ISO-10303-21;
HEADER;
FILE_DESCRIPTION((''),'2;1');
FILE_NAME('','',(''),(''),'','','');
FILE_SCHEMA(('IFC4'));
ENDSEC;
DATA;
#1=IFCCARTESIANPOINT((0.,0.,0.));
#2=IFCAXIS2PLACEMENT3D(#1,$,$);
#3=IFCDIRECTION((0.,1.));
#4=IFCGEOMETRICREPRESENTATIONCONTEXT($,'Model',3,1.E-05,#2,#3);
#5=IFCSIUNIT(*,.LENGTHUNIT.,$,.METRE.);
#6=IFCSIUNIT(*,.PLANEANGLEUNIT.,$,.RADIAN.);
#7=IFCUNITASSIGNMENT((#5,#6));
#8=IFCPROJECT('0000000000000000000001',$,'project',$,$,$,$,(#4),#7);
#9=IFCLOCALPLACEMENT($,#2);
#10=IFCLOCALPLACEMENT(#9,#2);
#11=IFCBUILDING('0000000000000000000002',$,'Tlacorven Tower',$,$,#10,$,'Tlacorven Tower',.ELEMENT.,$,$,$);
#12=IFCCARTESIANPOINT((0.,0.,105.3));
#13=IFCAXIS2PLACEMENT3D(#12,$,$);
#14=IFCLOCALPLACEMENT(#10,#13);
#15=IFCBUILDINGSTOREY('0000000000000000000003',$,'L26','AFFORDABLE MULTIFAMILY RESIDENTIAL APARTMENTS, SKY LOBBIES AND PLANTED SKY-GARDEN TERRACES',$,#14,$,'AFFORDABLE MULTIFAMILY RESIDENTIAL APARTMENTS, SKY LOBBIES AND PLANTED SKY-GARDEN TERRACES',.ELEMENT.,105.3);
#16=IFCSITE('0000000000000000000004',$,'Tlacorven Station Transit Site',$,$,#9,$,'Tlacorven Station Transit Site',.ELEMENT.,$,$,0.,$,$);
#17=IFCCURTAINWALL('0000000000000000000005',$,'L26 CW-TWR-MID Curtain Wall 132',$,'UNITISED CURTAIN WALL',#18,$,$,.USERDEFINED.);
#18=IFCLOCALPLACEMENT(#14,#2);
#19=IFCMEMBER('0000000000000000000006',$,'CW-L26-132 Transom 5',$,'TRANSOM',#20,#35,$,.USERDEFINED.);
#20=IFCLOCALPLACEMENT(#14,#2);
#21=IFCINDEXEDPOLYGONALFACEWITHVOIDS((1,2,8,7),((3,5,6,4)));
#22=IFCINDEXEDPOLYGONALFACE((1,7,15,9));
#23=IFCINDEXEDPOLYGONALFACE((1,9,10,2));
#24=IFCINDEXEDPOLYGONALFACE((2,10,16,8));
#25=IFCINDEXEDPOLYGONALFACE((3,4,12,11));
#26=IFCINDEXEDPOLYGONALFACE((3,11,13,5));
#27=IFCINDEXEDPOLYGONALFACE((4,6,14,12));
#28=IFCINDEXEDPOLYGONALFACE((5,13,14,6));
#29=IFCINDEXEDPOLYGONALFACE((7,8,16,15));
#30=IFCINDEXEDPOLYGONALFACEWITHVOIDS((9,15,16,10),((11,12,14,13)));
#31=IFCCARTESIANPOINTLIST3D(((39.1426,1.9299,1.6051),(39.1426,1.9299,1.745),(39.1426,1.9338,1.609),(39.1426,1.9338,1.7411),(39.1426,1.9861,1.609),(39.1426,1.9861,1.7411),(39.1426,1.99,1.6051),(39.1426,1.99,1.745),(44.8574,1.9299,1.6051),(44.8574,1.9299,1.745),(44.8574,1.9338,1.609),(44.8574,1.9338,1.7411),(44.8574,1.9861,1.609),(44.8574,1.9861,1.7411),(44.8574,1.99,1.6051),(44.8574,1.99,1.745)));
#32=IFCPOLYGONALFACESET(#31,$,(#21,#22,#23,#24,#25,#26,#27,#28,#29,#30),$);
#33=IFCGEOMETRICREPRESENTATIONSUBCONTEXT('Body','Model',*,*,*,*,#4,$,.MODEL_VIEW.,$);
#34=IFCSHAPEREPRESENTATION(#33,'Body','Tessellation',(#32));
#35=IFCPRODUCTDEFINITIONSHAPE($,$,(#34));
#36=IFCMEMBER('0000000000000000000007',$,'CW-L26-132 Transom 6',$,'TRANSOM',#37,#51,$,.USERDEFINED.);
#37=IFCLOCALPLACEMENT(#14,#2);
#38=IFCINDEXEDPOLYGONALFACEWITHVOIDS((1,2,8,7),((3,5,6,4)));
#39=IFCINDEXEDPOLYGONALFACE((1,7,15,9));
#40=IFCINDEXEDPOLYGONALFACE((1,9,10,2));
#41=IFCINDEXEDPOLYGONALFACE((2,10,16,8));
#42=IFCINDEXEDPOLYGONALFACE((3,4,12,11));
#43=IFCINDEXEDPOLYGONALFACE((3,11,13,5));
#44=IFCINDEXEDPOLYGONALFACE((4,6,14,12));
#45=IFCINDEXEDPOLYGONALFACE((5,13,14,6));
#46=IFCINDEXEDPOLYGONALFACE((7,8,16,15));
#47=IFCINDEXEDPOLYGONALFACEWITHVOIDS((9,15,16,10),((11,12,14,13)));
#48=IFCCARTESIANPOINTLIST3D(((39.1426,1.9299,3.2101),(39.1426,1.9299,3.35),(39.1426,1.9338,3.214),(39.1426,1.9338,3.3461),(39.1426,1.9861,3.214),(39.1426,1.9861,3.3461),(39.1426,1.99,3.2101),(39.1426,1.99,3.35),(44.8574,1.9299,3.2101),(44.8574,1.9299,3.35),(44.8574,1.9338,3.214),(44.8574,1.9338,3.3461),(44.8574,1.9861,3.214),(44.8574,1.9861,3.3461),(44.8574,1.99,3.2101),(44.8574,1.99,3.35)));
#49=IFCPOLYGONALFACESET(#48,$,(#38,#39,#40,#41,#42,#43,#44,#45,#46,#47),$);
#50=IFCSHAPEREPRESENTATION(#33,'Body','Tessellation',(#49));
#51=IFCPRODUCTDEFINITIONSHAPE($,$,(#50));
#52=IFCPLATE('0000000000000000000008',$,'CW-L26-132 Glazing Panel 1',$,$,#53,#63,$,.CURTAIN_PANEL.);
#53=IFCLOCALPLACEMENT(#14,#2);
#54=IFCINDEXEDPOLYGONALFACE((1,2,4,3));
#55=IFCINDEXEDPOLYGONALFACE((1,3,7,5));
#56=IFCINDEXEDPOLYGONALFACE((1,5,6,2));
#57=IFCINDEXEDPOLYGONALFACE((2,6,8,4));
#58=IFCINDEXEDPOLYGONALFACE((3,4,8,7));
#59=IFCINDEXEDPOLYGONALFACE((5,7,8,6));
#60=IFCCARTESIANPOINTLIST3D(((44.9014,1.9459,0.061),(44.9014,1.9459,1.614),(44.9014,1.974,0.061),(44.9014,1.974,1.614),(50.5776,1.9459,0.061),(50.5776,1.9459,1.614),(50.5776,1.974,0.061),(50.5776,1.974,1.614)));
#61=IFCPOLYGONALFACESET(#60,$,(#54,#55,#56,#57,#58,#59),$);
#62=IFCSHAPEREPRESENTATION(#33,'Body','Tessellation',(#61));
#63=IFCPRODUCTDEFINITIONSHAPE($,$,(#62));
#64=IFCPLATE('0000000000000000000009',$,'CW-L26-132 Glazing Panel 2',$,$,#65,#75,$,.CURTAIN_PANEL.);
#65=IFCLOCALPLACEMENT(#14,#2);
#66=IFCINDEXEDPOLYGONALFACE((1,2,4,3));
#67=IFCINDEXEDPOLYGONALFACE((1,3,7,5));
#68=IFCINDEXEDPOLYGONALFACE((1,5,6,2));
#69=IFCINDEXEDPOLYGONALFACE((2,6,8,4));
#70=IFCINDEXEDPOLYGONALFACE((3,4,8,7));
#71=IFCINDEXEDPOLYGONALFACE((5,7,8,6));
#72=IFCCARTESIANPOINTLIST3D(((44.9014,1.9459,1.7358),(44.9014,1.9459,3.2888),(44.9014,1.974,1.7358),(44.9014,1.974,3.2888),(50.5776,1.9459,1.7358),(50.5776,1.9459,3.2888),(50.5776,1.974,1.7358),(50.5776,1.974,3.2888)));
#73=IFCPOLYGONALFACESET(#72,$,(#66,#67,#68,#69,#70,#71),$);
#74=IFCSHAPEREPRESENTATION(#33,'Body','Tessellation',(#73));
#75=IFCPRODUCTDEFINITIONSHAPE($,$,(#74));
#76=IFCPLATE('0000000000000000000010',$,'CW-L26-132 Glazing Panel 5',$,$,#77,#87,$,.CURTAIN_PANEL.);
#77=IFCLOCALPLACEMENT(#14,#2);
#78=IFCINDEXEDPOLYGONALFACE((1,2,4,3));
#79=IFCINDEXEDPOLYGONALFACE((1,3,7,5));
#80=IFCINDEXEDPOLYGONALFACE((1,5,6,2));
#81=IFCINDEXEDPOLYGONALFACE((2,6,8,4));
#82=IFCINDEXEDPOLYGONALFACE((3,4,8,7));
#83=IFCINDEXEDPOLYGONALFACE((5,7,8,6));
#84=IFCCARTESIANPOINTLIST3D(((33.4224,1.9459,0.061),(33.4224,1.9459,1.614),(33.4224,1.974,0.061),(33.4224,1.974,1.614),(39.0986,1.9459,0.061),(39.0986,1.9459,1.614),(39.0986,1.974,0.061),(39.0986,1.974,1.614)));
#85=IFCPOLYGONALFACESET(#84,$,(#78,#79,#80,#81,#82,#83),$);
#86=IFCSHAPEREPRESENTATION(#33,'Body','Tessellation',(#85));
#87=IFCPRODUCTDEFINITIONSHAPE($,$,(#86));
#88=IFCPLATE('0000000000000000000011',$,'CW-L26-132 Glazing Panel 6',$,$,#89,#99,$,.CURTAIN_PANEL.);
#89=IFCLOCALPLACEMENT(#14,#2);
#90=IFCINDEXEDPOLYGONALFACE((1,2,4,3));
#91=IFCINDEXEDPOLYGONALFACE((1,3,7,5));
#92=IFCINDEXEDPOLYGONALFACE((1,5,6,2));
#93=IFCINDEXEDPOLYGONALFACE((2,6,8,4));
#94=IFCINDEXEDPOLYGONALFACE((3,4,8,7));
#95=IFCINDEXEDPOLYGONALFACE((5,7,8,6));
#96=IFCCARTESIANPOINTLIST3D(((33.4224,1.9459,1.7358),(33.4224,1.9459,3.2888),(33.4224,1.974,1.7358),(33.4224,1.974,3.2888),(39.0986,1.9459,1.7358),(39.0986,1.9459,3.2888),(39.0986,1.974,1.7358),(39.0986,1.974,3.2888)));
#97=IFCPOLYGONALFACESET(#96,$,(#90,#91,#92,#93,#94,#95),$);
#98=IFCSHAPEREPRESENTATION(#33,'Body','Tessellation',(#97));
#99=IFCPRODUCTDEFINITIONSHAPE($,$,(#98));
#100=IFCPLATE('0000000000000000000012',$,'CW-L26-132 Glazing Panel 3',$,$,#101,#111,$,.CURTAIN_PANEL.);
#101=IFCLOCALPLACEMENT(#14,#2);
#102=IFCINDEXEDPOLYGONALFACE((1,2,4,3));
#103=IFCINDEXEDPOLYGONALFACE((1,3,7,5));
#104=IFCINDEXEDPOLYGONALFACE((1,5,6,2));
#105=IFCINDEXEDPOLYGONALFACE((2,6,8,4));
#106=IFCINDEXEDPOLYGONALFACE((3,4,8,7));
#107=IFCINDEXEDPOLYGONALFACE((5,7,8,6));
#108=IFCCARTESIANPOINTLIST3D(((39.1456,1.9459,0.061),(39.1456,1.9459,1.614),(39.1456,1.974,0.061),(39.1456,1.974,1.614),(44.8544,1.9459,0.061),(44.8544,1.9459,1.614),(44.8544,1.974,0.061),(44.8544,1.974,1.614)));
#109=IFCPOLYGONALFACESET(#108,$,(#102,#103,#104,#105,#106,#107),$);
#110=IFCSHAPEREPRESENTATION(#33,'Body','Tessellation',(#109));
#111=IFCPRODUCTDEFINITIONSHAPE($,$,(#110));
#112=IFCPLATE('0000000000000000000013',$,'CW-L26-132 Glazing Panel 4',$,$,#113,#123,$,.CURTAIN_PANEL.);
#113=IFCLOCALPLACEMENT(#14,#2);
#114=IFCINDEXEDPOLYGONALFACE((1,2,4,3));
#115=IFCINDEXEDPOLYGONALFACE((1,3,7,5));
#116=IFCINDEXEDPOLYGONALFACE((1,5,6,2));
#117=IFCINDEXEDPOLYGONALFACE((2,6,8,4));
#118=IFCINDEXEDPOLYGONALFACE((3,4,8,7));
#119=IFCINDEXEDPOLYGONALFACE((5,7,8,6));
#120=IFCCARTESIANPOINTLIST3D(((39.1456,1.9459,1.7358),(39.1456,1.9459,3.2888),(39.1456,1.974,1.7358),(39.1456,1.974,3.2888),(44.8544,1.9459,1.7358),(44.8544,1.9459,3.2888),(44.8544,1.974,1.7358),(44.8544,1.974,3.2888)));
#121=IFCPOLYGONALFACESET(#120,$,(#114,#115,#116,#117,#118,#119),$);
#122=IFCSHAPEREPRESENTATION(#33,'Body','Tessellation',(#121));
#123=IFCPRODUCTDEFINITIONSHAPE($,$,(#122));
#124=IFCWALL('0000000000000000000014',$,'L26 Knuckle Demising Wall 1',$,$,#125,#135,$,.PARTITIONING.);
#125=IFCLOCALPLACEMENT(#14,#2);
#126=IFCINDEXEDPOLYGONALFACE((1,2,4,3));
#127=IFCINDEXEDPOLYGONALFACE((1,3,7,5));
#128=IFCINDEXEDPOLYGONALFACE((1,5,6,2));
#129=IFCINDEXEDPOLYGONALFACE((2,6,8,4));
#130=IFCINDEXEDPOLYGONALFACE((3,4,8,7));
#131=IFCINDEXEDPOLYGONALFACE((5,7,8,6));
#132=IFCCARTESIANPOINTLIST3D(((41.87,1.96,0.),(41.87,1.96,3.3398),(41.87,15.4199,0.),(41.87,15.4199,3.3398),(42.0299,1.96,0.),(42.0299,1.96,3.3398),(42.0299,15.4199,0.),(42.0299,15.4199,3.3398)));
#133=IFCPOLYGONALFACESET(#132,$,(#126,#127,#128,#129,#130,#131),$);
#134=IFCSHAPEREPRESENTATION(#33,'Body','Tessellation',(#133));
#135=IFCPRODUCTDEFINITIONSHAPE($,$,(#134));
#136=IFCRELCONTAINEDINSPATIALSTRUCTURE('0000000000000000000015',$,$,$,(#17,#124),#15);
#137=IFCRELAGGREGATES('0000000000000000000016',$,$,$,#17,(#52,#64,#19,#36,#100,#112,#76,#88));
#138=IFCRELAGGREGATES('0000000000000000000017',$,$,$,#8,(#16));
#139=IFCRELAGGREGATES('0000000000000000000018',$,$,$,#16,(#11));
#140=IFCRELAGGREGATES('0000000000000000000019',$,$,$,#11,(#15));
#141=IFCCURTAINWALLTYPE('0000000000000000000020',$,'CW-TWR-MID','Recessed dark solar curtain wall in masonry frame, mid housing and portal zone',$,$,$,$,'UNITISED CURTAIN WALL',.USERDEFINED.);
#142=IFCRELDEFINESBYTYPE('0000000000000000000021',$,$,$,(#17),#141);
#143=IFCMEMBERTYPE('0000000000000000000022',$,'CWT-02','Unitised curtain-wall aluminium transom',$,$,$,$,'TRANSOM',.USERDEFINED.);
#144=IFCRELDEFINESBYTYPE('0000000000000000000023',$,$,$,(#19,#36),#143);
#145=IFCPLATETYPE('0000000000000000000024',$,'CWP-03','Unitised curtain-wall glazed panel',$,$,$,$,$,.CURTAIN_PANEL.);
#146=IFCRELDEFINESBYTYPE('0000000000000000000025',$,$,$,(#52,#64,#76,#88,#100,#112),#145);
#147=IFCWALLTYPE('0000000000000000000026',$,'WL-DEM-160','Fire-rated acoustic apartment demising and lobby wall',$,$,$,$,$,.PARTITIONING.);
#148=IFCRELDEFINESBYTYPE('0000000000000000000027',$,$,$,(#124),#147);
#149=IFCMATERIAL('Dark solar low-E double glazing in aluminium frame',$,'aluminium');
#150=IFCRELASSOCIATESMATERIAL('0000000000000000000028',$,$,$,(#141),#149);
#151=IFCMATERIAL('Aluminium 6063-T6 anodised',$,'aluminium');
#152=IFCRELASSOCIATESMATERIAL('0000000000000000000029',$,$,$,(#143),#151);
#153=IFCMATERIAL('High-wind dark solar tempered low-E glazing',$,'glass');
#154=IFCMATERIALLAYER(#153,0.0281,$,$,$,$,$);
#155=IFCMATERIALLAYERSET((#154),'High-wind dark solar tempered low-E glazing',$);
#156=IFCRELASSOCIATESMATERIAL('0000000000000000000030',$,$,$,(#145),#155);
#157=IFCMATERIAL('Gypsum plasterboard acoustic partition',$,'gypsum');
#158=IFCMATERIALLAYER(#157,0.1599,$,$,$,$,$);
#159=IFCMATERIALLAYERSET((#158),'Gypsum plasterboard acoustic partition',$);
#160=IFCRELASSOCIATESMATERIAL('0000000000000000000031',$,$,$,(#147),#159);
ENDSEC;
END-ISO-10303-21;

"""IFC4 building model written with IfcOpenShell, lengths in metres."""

from ifc_helpers import new_model, si_unit, direction, frame, frame_2d, origin, origin_2d, place, context, subcontext, project, spatial, rectangle, hollow_rectangle, extrude, source, transform, mapped, material, layer, layer_set, material_profile, profile_set, type_object, element, aggregate, save


model = new_model("IFC4")

# Units and contexts
model_context = context("Model", 3, precision=1e-05, world=origin(), true_north=direction((0.0, 1.0)))
body_context = subcontext(model_context, "Body", "Model", "MODEL_VIEW")
ifc_project = project(units=[si_unit("LENGTHUNIT", "METRE"), si_unit("PLANEANGLEUNIT", "RADIAN")], contexts=[model_context])

# Site, building, storey
site_placement = place(None, origin())
site = spatial("IfcSite", under=ifc_project, at=site_placement, Name="Tlacorven Station Transit Site", LongName="Tlacorven Station Transit Site", CompositionType="ELEMENT", RefElevation=0.0)
building_placement = place(site_placement, origin())
building = spatial("IfcBuilding", under=site, at=building_placement, Name="Tlacorven Tower", LongName="Tlacorven Tower", CompositionType="ELEMENT")
storey_placement = place(building_placement, frame((0.0, 0.0, 105.3)))
storey = spatial("IfcBuildingStorey", under=building, at=storey_placement, Name="L26", Description="AFFORDABLE MULTIFAMILY RESIDENTIAL APARTMENTS, SKY LOBBIES AND PLANTED SKY-GARDEN TERRACES", LongName="AFFORDABLE MULTIFAMILY RESIDENTIAL APARTMENTS, SKY LOBBIES AND PLANTED SKY-GARDEN TERRACES", CompositionType="ELEMENT", Elevation=105.3)

# Shared definitions
ifc_material_1 = material(Name="Dark solar low-E double glazing in aluminium frame", Category="aluminium")
curtain_wall_type = type_object("IfcCurtainWallType", Name="CW-TWR-MID", Description="Recessed dark solar curtain wall in masonry frame, mid housing and portal zone", ElementType="UNITISED CURTAIN WALL", PredefinedType="USERDEFINED", material=ifc_material_1)
ifc_material_2 = material(Name="Aluminium 6063-T6 anodised", Category="aluminium")

# Curtain wall, members, plates
curtain_wall_1_placement = place(storey_placement, origin())
curtain_wall_1 = element("IfcCurtainWall", 1, at=curtain_wall_1_placement, inside=storey, type_object=curtain_wall_type, Name="L26 CW-TWR-MID Curtain Wall 132", ObjectType="UNITISED CURTAIN WALL", PredefinedType="USERDEFINED")
ifc_material_profile_1 = material_profile(ifc_material_2, hollow_rectangle(XDim=0.0601, YDim=0.1399, WallThickness=0.0039, at=origin_2d()), Name="ALU TRANSOM 60X140")
ifc_profile_set_1 = profile_set([ifc_material_profile_1], Name="Aluminium 6063-T6 anodised")
member_type_1 = type_object("IfcMemberType", Name="CWT-02", Description="Unitised curtain-wall aluminium transom", ElementType="TRANSOM", PredefinedType="USERDEFINED", material=ifc_profile_set_1)
shared_shape_1 = source(origin(), body_context, "Body", "SweptSolid", [
    extrude(hollow_rectangle(XDim=0.0601, YDim=0.1399, WallThickness=0.0039, at=origin_2d()), origin(), (0.0, 0.0, 1.0), 5.7148),
])
member_1_placement = place(storey_placement, frame((44.8574, 1.96, 1.675), z_axis=(-1.0, 0.0, 0.0), x_axis=(0.0, -1.0, 0.0)))
member_1 = element("IfcMember", 2, at=member_1_placement, type_object=member_type_1, Name="CW-L26-132 Transom 5", ObjectType="TRANSOM", PredefinedType="USERDEFINED", context=body_context, shape_type="MappedRepresentation", body=[
    mapped(shared_shape_1, transform((0.0, 0.0, 0.0), scale=1.0)),
])
member_2_placement = place(storey_placement, frame((44.8574, 1.96, 3.28), z_axis=(-1.0, 0.0, 0.0), x_axis=(0.0, -1.0, 0.0)))
member_2 = element("IfcMember", 3, at=member_2_placement, type_object=member_type_1, Name="CW-L26-132 Transom 6", ObjectType="TRANSOM", PredefinedType="USERDEFINED", context=body_context, shape_type="MappedRepresentation", body=[
    mapped(shared_shape_1, transform((0.0, 0.0, 0.0), scale=1.0)),
])
ifc_material_3 = material(Name="High-wind dark solar tempered low-E glazing", Category="glass")
ifc_layer_1 = layer(ifc_material_3, 0.0281)
ifc_layer_set_1 = layer_set([ifc_layer_1], Name="High-wind dark solar tempered low-E glazing")
plate_type = type_object("IfcPlateType", Name="CWP-03", Description="Unitised curtain-wall glazed panel", PredefinedType="CURTAIN_PANEL", material=ifc_layer_set_1)
shared_shape_2 = source(origin(), body_context, "Body", "SweptSolid", [
    extrude(rectangle(XDim=5.6763, YDim=0.0281, at=origin_2d()), origin(), (0.0, 0.0, 1.0), 1.553),
])
plate_1_placement = place(storey_placement, frame((47.7395, 1.96, 0.061), z_axis=(0.0, 0.0, 1.0), x_axis=(-1.0, 0.0, 0.0)))
plate_1 = element("IfcPlate", 4, at=plate_1_placement, type_object=plate_type, Name="CW-L26-132 Glazing Panel 1", PredefinedType="CURTAIN_PANEL", context=body_context, shape_type="MappedRepresentation", body=[
    mapped(shared_shape_2, transform((0.0, 0.0, 0.0), scale=1.0)),
])
plate_2_placement = place(storey_placement, frame((47.7395, 1.96, 1.7358), z_axis=(0.0, 0.0, 1.0), x_axis=(-1.0, 0.0, 0.0)))
plate_2 = element("IfcPlate", 5, at=plate_2_placement, type_object=plate_type, Name="CW-L26-132 Glazing Panel 2", PredefinedType="CURTAIN_PANEL", context=body_context, shape_type="MappedRepresentation", body=[
    mapped(shared_shape_2, transform((0.0, 0.0, 0.0), scale=1.0)),
])
plate_3_placement = place(storey_placement, frame((36.2605, 1.96, 0.061), z_axis=(0.0, 0.0, 1.0), x_axis=(-1.0, 0.0, 0.0)))
plate_3 = element("IfcPlate", 6, at=plate_3_placement, type_object=plate_type, Name="CW-L26-132 Glazing Panel 5", PredefinedType="CURTAIN_PANEL", context=body_context, shape_type="MappedRepresentation", body=[
    mapped(shared_shape_2, transform((0.0, 0.0, 0.0), scale=1.0)),
])
plate_4_placement = place(storey_placement, frame((36.2605, 1.96, 1.7358), z_axis=(0.0, 0.0, 1.0), x_axis=(-1.0, 0.0, 0.0)))
plate_4 = element("IfcPlate", 7, at=plate_4_placement, type_object=plate_type, Name="CW-L26-132 Glazing Panel 6", PredefinedType="CURTAIN_PANEL", context=body_context, shape_type="MappedRepresentation", body=[
    mapped(shared_shape_2, transform((0.0, 0.0, 0.0), scale=1.0)),
])
shared_shape_3 = source(origin(), body_context, "Body", "SweptSolid", [
    extrude(rectangle(XDim=5.7087, YDim=0.0281, at=origin_2d()), origin(), (0.0, 0.0, 1.0), 1.553),
])
plate_5_placement = place(storey_placement, frame((42.0, 1.96, 0.061), z_axis=(0.0, 0.0, 1.0), x_axis=(-1.0, 0.0, 0.0)))
plate_5 = element("IfcPlate", 8, at=plate_5_placement, type_object=plate_type, Name="CW-L26-132 Glazing Panel 3", PredefinedType="CURTAIN_PANEL", context=body_context, shape_type="MappedRepresentation", body=[
    mapped(shared_shape_3, transform((0.0, 0.0, 0.0), scale=1.0)),
])
plate_6_placement = place(storey_placement, frame((42.0, 1.96, 1.7358), z_axis=(0.0, 0.0, 1.0), x_axis=(-1.0, 0.0, 0.0)))
plate_6 = element("IfcPlate", 9, at=plate_6_placement, type_object=plate_type, Name="CW-L26-132 Glazing Panel 4", PredefinedType="CURTAIN_PANEL", context=body_context, shape_type="MappedRepresentation", body=[
    mapped(shared_shape_3, transform((0.0, 0.0, 0.0), scale=1.0)),
])
aggregate(curtain_wall_1, [plate_1, plate_2, member_1, member_2, plate_5, plate_6, plate_3, plate_4])

# Wall
ifc_material_4 = material(Name="Gypsum plasterboard acoustic partition", Category="gypsum")
ifc_layer_2 = layer(ifc_material_4, 0.1599)
ifc_layer_set_2 = layer_set([ifc_layer_2], Name="Gypsum plasterboard acoustic partition")
wall_type_1 = type_object("IfcWallType", Name="WL-DEM-160", Description="Fire-rated acoustic apartment demising and lobby wall", PredefinedType="PARTITIONING", material=ifc_layer_set_2)
wall_1_placement = place(storey_placement, frame((41.95, 1.96, 0.0), z_axis=(0.0, 0.0, 1.0), x_axis=(0.0, 1.0, 0.0)))
element("IfcWall", 10, at=wall_1_placement, inside=storey, type_object=wall_type_1, Name="L26 Knuckle Demising Wall 1", PredefinedType="PARTITIONING", context=body_context, shape_type="SweptSolid", body=[
    extrude(rectangle(XDim=13.46, YDim=0.1599, at=frame_2d((6.73, 0.0))), origin(), (0.0, 0.0, 1.0), 3.3398),
])

save(model, "model.ifc")
